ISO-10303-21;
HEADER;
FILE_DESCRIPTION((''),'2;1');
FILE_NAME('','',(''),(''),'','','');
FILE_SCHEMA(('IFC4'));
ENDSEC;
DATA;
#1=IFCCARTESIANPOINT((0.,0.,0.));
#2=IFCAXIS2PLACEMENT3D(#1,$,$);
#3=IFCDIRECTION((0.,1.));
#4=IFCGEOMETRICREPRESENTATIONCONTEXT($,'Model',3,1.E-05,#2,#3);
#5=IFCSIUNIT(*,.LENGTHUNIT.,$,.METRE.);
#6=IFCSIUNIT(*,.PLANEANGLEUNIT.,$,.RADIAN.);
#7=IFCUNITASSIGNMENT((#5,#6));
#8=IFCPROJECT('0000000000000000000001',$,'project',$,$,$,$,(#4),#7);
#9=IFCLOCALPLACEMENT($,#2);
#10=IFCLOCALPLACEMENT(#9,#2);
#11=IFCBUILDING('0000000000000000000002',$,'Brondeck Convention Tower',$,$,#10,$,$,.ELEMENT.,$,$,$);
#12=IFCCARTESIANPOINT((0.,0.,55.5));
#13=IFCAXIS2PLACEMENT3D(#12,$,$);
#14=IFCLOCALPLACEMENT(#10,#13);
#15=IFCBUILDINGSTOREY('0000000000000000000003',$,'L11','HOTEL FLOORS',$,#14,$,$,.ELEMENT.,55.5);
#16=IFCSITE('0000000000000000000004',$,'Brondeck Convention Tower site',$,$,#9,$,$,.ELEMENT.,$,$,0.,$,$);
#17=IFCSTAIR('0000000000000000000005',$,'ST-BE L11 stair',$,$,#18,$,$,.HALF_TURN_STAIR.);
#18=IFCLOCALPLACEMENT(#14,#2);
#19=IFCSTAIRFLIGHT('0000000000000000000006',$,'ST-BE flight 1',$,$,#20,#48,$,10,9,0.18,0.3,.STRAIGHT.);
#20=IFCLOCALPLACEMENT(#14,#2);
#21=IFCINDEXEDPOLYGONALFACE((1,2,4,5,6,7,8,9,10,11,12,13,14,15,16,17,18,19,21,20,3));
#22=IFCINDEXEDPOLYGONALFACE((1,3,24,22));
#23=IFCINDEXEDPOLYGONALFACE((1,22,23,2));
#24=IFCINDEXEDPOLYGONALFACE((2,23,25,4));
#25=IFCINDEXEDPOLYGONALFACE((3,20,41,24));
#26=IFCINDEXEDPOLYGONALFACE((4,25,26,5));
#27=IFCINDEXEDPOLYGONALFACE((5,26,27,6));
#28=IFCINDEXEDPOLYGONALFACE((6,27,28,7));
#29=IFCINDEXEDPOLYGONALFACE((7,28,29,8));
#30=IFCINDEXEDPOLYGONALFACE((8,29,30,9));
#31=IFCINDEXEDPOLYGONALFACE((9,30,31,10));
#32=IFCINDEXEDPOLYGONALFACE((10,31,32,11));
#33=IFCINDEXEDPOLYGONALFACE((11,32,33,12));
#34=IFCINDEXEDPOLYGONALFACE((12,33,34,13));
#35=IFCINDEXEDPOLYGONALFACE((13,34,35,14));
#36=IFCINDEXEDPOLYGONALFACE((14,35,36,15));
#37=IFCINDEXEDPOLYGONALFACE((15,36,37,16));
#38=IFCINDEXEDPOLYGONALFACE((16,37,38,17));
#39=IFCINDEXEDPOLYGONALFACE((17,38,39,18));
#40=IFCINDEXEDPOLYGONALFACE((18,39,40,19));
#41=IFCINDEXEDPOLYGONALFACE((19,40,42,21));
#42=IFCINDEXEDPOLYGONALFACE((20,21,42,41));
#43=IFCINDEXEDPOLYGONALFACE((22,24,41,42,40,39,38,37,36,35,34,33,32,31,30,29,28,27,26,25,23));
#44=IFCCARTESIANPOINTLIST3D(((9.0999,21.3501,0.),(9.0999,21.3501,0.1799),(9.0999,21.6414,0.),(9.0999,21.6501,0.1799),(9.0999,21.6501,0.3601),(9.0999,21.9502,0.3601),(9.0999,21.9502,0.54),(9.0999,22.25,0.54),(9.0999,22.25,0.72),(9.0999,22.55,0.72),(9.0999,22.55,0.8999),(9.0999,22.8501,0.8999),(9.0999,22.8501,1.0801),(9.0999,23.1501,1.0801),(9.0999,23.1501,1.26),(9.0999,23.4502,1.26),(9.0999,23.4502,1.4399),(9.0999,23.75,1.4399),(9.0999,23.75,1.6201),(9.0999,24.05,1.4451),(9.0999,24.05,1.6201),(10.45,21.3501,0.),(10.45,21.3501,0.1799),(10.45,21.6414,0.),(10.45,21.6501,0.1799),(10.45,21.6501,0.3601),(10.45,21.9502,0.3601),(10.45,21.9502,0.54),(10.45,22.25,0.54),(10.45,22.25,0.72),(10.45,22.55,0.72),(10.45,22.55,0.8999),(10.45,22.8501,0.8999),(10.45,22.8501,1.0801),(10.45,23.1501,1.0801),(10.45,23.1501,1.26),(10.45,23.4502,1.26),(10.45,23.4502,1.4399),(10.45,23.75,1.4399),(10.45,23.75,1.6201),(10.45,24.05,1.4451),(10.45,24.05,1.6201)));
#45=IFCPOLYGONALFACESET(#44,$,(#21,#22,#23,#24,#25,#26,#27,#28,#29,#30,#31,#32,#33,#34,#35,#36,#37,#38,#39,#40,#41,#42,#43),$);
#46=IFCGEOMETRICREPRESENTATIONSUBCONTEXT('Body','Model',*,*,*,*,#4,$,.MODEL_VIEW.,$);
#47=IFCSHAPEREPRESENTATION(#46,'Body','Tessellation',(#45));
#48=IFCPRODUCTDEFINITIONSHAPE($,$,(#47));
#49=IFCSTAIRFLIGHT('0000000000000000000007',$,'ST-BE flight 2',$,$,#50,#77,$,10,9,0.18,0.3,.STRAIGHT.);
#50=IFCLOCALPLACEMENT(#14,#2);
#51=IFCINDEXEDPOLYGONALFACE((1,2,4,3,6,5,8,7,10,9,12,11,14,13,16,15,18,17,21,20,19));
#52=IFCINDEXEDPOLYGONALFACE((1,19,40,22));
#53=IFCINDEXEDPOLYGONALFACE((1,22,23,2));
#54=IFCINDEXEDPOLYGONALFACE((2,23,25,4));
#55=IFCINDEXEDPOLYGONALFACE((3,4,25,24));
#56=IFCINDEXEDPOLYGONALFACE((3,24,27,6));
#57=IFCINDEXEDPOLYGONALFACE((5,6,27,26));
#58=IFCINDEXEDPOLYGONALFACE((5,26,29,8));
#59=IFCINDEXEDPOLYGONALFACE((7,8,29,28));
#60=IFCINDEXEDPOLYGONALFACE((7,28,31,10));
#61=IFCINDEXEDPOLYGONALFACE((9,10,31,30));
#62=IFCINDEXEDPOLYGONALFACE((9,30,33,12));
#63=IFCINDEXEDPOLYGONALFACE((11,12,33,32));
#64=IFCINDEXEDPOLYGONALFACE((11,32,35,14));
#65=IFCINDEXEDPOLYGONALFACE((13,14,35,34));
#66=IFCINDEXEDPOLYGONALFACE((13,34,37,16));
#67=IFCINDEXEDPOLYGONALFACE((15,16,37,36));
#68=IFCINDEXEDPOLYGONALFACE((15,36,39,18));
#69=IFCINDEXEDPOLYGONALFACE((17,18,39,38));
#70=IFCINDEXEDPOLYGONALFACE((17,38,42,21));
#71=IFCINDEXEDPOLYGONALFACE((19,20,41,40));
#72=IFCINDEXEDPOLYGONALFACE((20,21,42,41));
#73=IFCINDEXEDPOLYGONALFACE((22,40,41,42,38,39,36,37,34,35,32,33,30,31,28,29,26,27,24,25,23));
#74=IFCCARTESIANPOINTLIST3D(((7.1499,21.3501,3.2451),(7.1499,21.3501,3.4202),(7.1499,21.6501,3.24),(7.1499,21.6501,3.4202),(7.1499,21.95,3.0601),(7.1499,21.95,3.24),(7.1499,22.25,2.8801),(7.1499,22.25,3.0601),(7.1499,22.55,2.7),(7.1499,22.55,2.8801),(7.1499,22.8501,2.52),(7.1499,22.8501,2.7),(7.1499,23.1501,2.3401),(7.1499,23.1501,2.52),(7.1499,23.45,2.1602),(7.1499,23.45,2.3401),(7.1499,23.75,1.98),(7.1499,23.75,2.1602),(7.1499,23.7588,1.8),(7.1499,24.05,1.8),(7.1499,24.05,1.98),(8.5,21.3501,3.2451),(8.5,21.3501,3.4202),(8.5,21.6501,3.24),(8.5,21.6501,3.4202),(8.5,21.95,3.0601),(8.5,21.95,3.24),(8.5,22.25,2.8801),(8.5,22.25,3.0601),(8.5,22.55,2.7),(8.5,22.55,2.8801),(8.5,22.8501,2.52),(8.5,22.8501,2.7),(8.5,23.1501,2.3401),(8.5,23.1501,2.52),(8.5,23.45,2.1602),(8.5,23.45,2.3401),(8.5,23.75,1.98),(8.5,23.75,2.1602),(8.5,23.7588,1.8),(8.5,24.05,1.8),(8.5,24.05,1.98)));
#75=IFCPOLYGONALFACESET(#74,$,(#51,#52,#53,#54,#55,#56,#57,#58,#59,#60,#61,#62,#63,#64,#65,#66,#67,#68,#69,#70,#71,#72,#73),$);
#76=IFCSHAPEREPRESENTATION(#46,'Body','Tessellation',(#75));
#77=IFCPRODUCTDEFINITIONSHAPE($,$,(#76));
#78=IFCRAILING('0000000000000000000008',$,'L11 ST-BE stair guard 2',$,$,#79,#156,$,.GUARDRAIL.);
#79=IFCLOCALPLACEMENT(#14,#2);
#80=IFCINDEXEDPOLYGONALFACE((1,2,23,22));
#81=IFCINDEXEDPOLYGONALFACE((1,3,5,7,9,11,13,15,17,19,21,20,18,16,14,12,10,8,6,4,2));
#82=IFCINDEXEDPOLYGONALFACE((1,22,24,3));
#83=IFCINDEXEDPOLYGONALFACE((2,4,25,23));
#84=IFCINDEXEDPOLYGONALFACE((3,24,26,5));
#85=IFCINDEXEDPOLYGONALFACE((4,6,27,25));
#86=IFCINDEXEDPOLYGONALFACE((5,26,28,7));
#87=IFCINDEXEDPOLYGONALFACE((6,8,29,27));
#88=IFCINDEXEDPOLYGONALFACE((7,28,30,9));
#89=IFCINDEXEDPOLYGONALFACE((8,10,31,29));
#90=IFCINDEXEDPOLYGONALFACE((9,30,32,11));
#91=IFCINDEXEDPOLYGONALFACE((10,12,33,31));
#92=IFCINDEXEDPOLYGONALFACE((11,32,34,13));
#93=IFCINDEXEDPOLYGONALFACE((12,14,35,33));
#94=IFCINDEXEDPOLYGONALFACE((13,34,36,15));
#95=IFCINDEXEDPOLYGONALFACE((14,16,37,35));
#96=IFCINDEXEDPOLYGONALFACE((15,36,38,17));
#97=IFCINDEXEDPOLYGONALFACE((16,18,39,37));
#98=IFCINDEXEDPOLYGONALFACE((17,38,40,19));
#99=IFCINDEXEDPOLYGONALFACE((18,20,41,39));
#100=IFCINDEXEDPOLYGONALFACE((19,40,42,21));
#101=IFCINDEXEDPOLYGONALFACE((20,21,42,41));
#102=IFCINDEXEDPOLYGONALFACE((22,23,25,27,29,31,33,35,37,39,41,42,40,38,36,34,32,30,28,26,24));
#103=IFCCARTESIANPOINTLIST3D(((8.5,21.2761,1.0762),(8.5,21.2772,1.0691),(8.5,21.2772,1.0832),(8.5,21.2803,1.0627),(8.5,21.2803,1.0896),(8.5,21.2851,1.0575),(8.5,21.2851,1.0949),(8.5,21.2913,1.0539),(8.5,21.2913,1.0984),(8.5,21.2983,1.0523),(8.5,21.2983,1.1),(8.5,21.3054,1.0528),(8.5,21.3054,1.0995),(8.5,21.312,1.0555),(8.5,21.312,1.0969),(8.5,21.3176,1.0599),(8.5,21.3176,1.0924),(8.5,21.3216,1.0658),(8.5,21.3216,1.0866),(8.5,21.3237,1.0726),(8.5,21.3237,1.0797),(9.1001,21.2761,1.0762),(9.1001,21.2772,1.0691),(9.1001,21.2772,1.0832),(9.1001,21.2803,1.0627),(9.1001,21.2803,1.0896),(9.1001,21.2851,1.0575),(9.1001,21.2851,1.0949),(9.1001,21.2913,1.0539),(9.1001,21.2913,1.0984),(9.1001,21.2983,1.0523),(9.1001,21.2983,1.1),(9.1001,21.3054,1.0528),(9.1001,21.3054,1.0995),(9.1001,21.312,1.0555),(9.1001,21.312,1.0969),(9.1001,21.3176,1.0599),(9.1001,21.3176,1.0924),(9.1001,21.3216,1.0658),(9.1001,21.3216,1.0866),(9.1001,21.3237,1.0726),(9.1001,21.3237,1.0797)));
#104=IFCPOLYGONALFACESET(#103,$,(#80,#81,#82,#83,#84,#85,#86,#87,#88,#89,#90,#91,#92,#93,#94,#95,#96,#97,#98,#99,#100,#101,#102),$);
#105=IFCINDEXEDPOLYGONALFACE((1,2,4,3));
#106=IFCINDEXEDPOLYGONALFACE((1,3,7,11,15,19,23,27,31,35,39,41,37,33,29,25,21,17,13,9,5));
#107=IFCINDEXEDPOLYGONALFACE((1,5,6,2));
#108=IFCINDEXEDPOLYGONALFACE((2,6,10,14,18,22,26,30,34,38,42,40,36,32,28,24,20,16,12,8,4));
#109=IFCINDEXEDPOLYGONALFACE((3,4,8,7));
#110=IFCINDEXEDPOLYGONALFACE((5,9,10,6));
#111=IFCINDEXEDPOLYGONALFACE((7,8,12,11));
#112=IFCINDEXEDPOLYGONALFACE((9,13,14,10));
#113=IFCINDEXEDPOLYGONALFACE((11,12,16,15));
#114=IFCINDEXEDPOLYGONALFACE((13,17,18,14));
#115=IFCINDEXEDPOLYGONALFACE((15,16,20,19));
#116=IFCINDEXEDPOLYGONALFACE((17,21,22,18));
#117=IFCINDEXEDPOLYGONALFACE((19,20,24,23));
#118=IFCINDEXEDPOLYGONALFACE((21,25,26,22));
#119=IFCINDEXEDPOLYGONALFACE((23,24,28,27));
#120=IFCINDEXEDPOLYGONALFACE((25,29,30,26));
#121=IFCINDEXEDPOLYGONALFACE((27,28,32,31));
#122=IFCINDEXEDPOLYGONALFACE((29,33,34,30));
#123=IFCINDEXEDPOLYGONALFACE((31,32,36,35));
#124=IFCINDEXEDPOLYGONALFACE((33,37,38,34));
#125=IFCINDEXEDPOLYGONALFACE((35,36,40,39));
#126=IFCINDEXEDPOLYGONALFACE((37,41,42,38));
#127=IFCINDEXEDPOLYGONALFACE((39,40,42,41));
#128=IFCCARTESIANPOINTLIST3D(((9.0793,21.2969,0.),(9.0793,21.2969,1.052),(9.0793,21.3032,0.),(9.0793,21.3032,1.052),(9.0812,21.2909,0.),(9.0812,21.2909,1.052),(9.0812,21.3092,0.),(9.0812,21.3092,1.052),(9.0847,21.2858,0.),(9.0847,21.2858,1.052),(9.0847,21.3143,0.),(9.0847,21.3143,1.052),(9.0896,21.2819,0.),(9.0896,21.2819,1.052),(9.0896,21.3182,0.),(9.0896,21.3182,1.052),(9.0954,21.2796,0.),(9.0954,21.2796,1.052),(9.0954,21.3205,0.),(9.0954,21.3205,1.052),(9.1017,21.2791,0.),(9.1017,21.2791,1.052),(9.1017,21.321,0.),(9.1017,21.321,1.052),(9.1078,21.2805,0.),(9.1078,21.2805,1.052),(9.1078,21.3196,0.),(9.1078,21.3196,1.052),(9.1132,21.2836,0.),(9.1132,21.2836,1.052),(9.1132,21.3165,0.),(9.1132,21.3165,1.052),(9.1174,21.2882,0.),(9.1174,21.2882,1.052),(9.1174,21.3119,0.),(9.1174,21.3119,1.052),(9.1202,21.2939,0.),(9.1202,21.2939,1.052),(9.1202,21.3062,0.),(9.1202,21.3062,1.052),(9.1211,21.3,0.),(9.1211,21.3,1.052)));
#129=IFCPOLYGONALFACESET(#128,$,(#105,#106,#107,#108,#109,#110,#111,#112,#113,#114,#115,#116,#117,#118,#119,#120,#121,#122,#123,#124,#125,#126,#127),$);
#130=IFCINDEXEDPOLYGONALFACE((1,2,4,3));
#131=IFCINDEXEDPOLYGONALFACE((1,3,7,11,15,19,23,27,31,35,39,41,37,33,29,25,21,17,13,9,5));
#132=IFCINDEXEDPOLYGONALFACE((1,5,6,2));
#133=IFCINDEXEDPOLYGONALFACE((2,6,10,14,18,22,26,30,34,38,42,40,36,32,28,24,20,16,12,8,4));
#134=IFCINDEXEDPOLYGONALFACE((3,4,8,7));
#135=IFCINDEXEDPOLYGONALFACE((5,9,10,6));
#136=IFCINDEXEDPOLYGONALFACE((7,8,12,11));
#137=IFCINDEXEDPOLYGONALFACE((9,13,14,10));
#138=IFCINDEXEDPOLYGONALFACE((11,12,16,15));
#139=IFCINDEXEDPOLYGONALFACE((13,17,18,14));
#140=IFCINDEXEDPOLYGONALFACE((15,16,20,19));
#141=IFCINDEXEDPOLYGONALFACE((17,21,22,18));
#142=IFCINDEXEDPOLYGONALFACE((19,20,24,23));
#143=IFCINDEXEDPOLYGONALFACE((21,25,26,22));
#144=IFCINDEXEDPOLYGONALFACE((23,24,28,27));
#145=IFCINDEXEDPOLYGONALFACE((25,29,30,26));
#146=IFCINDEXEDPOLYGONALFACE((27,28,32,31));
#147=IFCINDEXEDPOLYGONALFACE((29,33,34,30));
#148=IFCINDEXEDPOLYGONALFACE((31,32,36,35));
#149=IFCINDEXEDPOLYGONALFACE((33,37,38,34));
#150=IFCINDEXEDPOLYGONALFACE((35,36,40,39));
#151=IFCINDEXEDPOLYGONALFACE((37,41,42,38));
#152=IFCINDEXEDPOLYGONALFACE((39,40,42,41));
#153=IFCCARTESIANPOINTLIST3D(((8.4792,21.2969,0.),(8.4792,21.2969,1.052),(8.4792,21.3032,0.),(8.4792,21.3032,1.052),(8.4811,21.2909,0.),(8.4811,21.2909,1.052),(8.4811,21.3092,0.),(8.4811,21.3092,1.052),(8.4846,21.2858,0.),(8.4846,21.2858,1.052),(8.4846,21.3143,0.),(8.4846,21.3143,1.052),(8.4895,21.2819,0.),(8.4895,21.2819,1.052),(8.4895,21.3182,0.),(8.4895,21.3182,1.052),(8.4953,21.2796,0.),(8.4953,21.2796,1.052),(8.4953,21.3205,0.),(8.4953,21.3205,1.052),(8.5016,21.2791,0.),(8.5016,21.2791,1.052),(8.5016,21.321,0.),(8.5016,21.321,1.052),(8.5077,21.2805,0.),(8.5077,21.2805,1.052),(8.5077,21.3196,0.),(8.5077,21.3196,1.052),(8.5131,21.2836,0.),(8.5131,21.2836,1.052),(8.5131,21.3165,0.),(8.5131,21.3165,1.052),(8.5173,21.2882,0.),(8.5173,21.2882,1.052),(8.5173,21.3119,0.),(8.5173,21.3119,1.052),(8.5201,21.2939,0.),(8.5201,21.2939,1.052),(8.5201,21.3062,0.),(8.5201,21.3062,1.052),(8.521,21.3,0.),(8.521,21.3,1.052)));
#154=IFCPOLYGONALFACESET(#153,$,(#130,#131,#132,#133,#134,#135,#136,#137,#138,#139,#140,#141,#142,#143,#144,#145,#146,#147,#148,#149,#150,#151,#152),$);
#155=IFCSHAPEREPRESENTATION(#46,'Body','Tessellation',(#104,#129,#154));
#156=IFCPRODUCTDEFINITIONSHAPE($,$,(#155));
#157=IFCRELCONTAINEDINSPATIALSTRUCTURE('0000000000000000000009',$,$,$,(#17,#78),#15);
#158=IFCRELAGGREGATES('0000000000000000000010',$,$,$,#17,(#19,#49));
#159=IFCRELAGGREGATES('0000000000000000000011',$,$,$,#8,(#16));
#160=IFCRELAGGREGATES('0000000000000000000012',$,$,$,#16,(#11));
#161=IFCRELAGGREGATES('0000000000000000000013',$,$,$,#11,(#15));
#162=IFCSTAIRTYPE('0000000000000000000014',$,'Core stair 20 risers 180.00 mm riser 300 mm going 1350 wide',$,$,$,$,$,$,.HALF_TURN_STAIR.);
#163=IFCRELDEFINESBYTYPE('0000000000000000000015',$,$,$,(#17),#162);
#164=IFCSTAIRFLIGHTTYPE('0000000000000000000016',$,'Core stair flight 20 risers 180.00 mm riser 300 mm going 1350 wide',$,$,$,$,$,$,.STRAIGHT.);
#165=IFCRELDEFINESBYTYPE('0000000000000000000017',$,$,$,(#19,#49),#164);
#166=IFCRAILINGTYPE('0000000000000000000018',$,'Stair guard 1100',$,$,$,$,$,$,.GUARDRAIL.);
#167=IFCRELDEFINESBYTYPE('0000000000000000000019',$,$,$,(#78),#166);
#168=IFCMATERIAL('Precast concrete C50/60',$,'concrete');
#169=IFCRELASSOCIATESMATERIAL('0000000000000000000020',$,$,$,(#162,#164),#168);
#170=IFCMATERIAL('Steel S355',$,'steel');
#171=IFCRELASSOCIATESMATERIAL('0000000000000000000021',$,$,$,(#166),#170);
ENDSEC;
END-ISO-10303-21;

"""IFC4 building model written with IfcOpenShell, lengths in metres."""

from ifc_helpers import new_model, si_unit, direction, frame, origin, origin_2d, place, context, subcontext, project, spatial, polyline, circle, outline, extrude, material, type_object, element, aggregate, save


model = new_model("IFC4")

# Units and contexts
model_context = context("Model", 3, precision=1e-05, world=origin(), true_north=direction((0.0, 1.0)))
body_context = subcontext(model_context, "Body", "Model", "MODEL_VIEW")
ifc_project = project(units=[si_unit("LENGTHUNIT", "METRE"), si_unit("PLANEANGLEUNIT", "RADIAN")], contexts=[model_context])

# Site, building, storey
site_placement = place(None, origin())
site = spatial("IfcSite", under=ifc_project, at=site_placement, Name="Brondeck Convention Tower site", CompositionType="ELEMENT", RefElevation=0.0)
building_placement = place(site_placement, origin())
building = spatial("IfcBuilding", under=site, at=building_placement, Name="Brondeck Convention Tower", CompositionType="ELEMENT")
storey_placement = place(building_placement, frame((0.0, 0.0, 55.5)))
storey = spatial("IfcBuildingStorey", under=building, at=storey_placement, Name="L11", Description="HOTEL FLOORS", CompositionType="ELEMENT", Elevation=55.5)

# Shared definitions
ifc_material_1 = material(Name="Steel S355", Category="steel")

# Stair, stair flights
ifc_material_2 = material(Name="Precast concrete C50/60", Category="concrete")
stair_type = type_object("IfcStairType", Name="Core stair 20 risers 180.00 mm riser 300 mm going 1350 wide", PredefinedType="HALF_TURN_STAIR", material=ifc_material_2)
stair_placement = place(storey_placement, origin())
stair = element("IfcStair", 1, at=stair_placement, inside=storey, type_object=stair_type, Name="ST-BE L11 stair", PredefinedType="HALF_TURN_STAIR")
stair_flight_type = type_object("IfcStairFlightType", Name="Core stair flight 20 risers 180.00 mm riser 300 mm going 1350 wide", PredefinedType="STRAIGHT", material=ifc_material_2)
stair_flight_1_placement = place(storey_placement, frame((9.7749, 21.3501, 0.0), z_axis=(0.0, 0.0, 1.0), x_axis=(0.0, 1.0, 0.0)))
stair_flight_1 = element("IfcStairFlight", 2, at=stair_flight_1_placement, type_object=stair_flight_type, Name="ST-BE flight 1", NumberOfRisers=10, NumberOfTreads=9, PredefinedType="STRAIGHT", RiserHeight=0.18, TreadLength=0.3, context=body_context, shape_type="SweptSolid", body=[
    extrude(outline(polyline([(0.0, 0.0), (0.0, 0.1799), (0.3, 0.1799), (0.3, 0.3601), (0.6001, 0.3601), (0.6001, 0.54), (0.8999, 0.54), (0.8999, 0.72), (1.2, 0.72), (1.2, 0.8999), (1.5, 0.8999), (1.5, 1.0801), (1.8, 1.0801), (1.8, 1.26), (2.1001, 1.26), (2.1001, 1.4399), (2.3999, 1.4399), (2.3999, 1.6201), (2.7, 1.6201), (2.7, 1.8), (2.7, 1.4451), (0.2913, 0.0), (0.0, 0.0)])), frame((0.0, 0.675, 0.0), z_axis=(0.0, -1.0, 0.0), x_axis=(1.0, 0.0, 0.0)), (0.0, 0.0, 1.0), 1.3501),
])
stair_flight_2_placement = place(storey_placement, frame((7.825, 24.05, 1.8), z_axis=(0.0, 0.0, 1.0), x_axis=(0.0, -1.0, 0.0)))
stair_flight_2 = element("IfcStairFlight", 3, at=stair_flight_2_placement, type_object=stair_flight_type, Name="ST-BE flight 2", NumberOfRisers=10, NumberOfTreads=9, PredefinedType="STRAIGHT", RiserHeight=0.18, TreadLength=0.3, context=body_context, shape_type="SweptSolid", body=[
    extrude(outline(polyline([(0.0, 0.0), (0.0, 0.1799), (0.3, 0.1799), (0.3, 0.3601), (0.6001, 0.3601), (0.6001, 0.54), (0.8999, 0.54), (0.8999, 0.72), (1.2, 0.72), (1.2, 0.8999), (1.5, 0.8999), (1.5, 1.0801), (1.8, 1.0801), (1.8, 1.26), (2.1001, 1.26), (2.1001, 1.4399), (2.3999, 1.4399), (2.3999, 1.6201), (2.7, 1.6201), (2.7, 1.8), (2.7, 1.4451), (0.2913, 0.0), (0.0, 0.0)])), frame((0.0, 0.675, 0.0), z_axis=(0.0, -1.0, 0.0), x_axis=(1.0, 0.0, 0.0)), (0.0, 0.0, 1.0), 1.3501),
])
aggregate(stair, [stair_flight_1, stair_flight_2])

# Railing
railing_type_1 = type_object("IfcRailingType", Name="Stair guard 1100", PredefinedType="GUARDRAIL", material=ifc_material_1)
railing_1_placement = place(storey_placement, frame((9.1001, 21.3, 0.0)))
element("IfcRailing", 4, at=railing_1_placement, inside=storey, type_object=railing_type_1, Name="L11 ST-BE stair guard 2", PredefinedType="GUARDRAIL", context=body_context, shape_type="SweptSolid", body=[
    extrude(circle(Radius=0.0239, at=origin_2d()), frame((0.0, 0.0, 1.0762), z_axis=(-1.0, 0.0, 0.0), x_axis=(0.0, -1.0, 0.0)), (0.0, 0.0, 1.0), 0.6001),
    extrude(circle(Radius=0.021, at=origin_2d()), origin(), (0.0, 0.0, 1.0), 1.052),
    extrude(circle(Radius=0.021, at=origin_2d()), frame((-0.6001, 0.0, 0.0)), (0.0, 0.0, 1.0), 1.052),
])

save(model, "model.ifc")
